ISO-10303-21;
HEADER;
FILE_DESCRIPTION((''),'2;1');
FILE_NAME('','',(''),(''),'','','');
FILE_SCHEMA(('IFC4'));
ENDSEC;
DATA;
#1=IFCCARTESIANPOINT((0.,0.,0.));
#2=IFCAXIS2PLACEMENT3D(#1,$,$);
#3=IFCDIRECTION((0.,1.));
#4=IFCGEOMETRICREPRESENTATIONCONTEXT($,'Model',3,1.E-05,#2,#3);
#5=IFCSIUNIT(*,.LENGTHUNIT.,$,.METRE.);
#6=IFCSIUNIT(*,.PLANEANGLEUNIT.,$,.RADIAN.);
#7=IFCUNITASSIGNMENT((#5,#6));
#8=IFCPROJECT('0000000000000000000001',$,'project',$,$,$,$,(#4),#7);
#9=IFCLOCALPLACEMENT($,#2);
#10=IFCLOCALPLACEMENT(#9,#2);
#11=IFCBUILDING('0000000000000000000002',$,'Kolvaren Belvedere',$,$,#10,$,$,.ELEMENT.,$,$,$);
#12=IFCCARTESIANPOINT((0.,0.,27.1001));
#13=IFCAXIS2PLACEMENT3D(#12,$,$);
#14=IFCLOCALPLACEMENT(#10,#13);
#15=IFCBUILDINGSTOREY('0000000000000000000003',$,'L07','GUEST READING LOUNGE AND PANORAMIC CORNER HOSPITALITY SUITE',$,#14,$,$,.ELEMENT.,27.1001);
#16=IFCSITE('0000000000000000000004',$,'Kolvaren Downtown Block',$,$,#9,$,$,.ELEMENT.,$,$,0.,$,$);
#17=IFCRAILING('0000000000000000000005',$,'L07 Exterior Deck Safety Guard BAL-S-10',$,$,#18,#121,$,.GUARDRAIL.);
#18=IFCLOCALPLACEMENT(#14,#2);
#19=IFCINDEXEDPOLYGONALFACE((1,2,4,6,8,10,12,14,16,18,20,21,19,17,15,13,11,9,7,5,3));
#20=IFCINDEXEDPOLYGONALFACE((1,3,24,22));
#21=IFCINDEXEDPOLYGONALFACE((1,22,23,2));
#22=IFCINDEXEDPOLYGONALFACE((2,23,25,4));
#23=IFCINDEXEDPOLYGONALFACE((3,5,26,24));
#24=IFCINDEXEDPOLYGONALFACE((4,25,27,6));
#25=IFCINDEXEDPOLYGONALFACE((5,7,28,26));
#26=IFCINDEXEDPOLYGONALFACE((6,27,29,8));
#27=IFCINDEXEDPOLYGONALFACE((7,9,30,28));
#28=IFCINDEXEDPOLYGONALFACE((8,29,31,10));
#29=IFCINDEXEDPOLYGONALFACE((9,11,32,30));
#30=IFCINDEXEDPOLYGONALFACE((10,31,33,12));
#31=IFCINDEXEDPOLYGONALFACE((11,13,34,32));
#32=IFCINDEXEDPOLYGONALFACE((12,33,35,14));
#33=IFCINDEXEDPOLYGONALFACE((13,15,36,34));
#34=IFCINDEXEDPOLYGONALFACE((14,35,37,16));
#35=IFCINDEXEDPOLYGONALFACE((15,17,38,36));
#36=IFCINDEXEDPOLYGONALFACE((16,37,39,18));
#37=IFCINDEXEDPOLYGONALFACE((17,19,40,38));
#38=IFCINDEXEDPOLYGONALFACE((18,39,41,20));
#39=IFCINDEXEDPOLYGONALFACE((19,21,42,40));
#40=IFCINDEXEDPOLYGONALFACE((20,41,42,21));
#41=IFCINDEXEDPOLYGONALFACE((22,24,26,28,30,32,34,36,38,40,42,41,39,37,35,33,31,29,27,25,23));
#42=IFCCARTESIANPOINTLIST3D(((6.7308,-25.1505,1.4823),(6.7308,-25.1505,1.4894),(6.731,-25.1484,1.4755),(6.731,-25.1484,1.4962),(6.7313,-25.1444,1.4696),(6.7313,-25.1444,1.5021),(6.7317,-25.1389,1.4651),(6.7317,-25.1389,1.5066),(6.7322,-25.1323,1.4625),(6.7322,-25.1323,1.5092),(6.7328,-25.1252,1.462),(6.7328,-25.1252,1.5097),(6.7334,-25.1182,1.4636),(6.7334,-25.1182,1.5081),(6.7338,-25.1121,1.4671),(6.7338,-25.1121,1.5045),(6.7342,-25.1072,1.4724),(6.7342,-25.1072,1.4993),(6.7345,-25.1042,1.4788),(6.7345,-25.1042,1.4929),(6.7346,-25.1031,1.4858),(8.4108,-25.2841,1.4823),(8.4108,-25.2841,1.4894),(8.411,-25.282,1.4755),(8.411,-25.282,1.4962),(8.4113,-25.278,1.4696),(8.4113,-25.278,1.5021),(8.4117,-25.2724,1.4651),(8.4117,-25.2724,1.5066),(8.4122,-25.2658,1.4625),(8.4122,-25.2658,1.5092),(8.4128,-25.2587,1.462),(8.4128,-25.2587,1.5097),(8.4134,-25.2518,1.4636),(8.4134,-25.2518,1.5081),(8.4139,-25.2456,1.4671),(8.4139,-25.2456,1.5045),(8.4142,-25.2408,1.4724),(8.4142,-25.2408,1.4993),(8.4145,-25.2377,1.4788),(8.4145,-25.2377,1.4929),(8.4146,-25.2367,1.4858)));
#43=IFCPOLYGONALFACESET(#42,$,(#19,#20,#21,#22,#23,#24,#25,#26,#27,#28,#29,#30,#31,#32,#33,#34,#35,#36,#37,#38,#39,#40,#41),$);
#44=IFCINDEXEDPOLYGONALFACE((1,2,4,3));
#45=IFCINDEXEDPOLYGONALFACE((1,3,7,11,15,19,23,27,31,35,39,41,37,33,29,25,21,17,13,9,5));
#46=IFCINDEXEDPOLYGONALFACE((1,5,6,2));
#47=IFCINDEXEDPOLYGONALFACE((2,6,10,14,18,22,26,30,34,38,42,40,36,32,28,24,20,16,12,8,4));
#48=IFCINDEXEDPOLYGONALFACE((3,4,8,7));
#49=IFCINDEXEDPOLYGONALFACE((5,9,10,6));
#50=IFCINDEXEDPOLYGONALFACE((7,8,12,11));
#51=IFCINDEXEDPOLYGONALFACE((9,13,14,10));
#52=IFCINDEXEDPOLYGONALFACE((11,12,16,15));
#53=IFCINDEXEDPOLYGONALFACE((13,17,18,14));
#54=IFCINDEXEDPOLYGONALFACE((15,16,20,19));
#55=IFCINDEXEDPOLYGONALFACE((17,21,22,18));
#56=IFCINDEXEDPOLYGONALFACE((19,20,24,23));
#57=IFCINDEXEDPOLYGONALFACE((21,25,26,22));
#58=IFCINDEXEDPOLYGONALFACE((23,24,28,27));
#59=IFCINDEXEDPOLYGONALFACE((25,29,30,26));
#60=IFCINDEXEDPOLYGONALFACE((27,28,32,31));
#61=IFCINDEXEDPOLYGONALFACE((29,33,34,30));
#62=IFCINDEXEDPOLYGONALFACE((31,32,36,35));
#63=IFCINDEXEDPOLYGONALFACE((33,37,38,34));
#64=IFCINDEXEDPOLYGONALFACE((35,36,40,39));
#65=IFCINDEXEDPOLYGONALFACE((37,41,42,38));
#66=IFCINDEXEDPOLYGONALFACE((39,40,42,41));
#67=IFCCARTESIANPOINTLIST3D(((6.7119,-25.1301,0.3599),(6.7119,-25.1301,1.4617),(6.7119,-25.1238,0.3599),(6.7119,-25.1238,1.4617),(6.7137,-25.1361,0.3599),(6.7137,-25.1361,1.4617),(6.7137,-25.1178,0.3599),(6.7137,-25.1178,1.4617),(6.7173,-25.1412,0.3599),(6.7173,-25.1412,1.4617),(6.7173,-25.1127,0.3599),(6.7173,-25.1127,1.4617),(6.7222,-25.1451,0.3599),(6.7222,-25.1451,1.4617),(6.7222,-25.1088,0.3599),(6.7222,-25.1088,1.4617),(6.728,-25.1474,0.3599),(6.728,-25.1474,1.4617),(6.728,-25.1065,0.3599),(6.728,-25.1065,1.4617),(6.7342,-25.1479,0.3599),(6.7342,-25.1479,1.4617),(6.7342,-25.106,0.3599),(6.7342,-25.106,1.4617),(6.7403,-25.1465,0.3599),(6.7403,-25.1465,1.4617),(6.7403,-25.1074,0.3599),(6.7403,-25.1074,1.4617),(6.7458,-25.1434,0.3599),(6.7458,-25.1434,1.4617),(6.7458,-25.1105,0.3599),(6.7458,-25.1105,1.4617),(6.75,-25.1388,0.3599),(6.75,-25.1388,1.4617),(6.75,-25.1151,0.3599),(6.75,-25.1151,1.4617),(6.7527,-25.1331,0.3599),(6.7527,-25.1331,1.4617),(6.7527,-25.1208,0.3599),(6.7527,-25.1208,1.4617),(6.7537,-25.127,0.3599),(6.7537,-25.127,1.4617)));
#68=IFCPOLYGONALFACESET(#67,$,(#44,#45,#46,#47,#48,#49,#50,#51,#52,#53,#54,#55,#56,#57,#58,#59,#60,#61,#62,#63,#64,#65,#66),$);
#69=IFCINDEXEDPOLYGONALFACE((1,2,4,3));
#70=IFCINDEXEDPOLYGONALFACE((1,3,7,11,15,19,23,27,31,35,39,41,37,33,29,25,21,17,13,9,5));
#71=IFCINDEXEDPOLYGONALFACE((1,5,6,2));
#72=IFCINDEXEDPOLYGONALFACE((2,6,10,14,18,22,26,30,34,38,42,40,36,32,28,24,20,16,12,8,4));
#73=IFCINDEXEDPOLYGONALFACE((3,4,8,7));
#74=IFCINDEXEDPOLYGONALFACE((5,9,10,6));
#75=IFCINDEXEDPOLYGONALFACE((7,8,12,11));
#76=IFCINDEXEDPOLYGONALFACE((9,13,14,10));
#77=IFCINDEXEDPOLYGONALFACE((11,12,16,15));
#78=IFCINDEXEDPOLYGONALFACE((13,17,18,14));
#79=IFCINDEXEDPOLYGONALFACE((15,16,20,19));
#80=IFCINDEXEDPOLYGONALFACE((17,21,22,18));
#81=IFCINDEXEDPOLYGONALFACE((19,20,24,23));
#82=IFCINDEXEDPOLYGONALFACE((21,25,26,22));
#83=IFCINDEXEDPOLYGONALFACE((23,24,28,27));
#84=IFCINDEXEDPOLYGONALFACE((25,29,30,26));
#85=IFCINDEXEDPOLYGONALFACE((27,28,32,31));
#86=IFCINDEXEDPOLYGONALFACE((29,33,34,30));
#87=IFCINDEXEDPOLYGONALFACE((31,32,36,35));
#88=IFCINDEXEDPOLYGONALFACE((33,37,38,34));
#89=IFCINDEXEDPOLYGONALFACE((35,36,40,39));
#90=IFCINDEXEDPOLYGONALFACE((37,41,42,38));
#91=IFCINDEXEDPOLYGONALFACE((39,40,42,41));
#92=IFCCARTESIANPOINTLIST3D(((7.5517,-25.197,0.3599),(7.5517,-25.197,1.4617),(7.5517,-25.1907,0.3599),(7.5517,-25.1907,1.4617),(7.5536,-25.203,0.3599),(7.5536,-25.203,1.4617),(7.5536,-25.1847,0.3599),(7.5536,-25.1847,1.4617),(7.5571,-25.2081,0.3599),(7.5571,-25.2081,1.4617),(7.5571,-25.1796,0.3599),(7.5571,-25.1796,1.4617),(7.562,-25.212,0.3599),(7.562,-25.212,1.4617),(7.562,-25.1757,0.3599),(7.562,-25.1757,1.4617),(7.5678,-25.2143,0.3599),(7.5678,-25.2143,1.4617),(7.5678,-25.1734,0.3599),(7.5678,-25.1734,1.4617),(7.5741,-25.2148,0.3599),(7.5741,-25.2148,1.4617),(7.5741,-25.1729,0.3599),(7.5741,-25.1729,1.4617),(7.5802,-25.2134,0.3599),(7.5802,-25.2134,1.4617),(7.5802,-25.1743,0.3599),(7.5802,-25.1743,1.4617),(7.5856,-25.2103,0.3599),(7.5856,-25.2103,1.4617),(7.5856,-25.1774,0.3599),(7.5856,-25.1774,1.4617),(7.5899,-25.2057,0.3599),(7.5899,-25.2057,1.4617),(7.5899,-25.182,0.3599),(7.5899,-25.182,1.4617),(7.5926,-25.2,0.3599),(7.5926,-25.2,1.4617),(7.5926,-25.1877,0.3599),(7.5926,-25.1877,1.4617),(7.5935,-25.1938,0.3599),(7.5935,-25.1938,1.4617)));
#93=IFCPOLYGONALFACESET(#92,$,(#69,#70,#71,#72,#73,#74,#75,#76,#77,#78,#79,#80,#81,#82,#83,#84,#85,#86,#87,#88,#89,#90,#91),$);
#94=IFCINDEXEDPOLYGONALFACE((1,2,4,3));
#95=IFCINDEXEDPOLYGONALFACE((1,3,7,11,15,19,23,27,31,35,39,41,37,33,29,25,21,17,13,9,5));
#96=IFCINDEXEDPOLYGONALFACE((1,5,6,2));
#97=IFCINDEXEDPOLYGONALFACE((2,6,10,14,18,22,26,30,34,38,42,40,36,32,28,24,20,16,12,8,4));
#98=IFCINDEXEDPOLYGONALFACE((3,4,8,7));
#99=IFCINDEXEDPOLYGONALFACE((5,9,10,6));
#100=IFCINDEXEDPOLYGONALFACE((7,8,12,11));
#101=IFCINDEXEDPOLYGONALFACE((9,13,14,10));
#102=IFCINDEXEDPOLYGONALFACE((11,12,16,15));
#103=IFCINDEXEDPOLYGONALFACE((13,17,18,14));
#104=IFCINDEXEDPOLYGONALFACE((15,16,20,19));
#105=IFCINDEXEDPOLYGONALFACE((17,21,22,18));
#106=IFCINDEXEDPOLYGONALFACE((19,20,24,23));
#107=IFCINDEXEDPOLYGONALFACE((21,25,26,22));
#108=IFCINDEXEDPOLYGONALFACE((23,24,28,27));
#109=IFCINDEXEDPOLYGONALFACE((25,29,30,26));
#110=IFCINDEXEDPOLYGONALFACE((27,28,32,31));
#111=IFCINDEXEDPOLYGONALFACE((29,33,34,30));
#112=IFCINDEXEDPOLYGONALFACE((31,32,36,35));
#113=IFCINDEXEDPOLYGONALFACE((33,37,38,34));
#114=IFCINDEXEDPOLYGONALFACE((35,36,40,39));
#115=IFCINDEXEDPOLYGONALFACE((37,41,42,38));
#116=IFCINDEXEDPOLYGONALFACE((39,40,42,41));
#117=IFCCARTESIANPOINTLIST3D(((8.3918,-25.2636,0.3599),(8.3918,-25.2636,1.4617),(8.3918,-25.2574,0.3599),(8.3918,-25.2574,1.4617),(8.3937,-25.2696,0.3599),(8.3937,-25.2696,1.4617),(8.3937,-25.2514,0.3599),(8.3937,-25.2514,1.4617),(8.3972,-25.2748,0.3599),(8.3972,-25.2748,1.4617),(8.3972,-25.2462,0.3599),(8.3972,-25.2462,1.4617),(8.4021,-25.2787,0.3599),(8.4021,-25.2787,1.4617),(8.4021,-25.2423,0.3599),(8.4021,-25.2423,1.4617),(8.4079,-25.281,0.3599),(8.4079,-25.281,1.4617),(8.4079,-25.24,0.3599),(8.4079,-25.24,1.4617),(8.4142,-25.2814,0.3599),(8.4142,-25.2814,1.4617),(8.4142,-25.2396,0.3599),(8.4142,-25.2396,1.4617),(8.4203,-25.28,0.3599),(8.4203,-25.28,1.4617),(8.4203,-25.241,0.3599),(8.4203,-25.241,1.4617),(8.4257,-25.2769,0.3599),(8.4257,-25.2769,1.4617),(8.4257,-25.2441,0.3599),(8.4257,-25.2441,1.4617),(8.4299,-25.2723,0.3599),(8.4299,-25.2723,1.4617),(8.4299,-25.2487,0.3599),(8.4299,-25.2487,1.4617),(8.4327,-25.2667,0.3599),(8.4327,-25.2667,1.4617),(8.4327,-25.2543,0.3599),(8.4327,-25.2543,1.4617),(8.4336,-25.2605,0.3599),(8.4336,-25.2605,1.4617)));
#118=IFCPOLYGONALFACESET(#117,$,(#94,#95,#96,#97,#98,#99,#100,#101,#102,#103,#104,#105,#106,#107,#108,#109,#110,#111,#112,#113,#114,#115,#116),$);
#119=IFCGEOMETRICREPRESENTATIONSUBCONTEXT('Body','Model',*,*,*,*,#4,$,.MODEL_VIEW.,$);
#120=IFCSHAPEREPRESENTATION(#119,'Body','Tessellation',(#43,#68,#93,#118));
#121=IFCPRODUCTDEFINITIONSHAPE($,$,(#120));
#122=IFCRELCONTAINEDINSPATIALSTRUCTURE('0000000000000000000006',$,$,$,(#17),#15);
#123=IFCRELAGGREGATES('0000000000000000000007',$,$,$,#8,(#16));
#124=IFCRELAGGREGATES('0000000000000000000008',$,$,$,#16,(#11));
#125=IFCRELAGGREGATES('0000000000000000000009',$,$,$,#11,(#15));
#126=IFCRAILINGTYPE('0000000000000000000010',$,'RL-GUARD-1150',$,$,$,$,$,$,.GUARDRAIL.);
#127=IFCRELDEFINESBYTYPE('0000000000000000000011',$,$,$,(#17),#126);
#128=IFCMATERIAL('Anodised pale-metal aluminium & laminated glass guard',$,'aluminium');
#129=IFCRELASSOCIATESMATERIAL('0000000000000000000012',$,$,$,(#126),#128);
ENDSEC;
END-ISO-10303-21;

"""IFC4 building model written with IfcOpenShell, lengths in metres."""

from ifc_helpers import new_model, si_unit, direction, frame, origin, origin_2d, place, context, subcontext, project, spatial, circle, extrude, material, type_object, element, save


model = new_model("IFC4")

# Units and contexts
model_context = context("Model", 3, precision=1e-05, world=origin(), true_north=direction((0.0, 1.0)))
body_context = subcontext(model_context, "Body", "Model", "MODEL_VIEW")
ifc_project = project(units=[si_unit("LENGTHUNIT", "METRE"), si_unit("PLANEANGLEUNIT", "RADIAN")], contexts=[model_context])

# Site, building, storey
site_placement = place(None, origin())
site = spatial("IfcSite", under=ifc_project, at=site_placement, Name="Kolvaren Downtown Block", CompositionType="ELEMENT", RefElevation=0.0)
building_placement = place(site_placement, origin())
building = spatial("IfcBuilding", under=site, at=building_placement, Name="Kolvaren Belvedere", CompositionType="ELEMENT")
storey_placement = place(building_placement, frame((0.0, 0.0, 27.1001)))
storey = spatial("IfcBuildingStorey", under=building, at=storey_placement, Name="L07", Description="GUEST READING LOUNGE AND PANORAMIC CORNER HOSPITALITY SUITE", CompositionType="ELEMENT", Elevation=27.1001)

# Railing
ifc_material_1 = material(Name="Anodised pale-metal aluminium & laminated glass guard", Category="aluminium")
railing_type = type_object("IfcRailingType", Name="RL-GUARD-1150", PredefinedType="GUARDRAIL", material=ifc_material_1)
railing_1_placement = place(storey_placement, frame((6.7327, -25.127, 0.3599)))
element("IfcRailing", 1, at=railing_1_placement, inside=storey, type_object=railing_type, Name="L07 Exterior Deck Safety Guard BAL-S-10", PredefinedType="GUARDRAIL", context=body_context, shape_type="SweptSolid", body=[
    extrude(circle(Radius=0.0239, at=origin_2d()), frame((0.0, 0.0, 1.126), z_axis=(0.996855, -0.079244, 0.0), x_axis=(0.079244, 0.996855, 0.0)), (0.0, 0.0, 1.0), 1.6853),
    extrude(circle(Radius=0.021, at=origin_2d()), origin(), (0.0, 0.0, 1.0), 1.1018),
    extrude(circle(Radius=0.021, at=origin_2d()), frame((0.8398, -0.0669, 0.0)), (0.0, 0.0, 1.0), 1.1018),
    extrude(circle(Radius=0.021, at=origin_2d()), frame((1.6799, -0.1335, 0.0)), (0.0, 0.0, 1.0), 1.1018),
])

save(model, "model.ifc")
